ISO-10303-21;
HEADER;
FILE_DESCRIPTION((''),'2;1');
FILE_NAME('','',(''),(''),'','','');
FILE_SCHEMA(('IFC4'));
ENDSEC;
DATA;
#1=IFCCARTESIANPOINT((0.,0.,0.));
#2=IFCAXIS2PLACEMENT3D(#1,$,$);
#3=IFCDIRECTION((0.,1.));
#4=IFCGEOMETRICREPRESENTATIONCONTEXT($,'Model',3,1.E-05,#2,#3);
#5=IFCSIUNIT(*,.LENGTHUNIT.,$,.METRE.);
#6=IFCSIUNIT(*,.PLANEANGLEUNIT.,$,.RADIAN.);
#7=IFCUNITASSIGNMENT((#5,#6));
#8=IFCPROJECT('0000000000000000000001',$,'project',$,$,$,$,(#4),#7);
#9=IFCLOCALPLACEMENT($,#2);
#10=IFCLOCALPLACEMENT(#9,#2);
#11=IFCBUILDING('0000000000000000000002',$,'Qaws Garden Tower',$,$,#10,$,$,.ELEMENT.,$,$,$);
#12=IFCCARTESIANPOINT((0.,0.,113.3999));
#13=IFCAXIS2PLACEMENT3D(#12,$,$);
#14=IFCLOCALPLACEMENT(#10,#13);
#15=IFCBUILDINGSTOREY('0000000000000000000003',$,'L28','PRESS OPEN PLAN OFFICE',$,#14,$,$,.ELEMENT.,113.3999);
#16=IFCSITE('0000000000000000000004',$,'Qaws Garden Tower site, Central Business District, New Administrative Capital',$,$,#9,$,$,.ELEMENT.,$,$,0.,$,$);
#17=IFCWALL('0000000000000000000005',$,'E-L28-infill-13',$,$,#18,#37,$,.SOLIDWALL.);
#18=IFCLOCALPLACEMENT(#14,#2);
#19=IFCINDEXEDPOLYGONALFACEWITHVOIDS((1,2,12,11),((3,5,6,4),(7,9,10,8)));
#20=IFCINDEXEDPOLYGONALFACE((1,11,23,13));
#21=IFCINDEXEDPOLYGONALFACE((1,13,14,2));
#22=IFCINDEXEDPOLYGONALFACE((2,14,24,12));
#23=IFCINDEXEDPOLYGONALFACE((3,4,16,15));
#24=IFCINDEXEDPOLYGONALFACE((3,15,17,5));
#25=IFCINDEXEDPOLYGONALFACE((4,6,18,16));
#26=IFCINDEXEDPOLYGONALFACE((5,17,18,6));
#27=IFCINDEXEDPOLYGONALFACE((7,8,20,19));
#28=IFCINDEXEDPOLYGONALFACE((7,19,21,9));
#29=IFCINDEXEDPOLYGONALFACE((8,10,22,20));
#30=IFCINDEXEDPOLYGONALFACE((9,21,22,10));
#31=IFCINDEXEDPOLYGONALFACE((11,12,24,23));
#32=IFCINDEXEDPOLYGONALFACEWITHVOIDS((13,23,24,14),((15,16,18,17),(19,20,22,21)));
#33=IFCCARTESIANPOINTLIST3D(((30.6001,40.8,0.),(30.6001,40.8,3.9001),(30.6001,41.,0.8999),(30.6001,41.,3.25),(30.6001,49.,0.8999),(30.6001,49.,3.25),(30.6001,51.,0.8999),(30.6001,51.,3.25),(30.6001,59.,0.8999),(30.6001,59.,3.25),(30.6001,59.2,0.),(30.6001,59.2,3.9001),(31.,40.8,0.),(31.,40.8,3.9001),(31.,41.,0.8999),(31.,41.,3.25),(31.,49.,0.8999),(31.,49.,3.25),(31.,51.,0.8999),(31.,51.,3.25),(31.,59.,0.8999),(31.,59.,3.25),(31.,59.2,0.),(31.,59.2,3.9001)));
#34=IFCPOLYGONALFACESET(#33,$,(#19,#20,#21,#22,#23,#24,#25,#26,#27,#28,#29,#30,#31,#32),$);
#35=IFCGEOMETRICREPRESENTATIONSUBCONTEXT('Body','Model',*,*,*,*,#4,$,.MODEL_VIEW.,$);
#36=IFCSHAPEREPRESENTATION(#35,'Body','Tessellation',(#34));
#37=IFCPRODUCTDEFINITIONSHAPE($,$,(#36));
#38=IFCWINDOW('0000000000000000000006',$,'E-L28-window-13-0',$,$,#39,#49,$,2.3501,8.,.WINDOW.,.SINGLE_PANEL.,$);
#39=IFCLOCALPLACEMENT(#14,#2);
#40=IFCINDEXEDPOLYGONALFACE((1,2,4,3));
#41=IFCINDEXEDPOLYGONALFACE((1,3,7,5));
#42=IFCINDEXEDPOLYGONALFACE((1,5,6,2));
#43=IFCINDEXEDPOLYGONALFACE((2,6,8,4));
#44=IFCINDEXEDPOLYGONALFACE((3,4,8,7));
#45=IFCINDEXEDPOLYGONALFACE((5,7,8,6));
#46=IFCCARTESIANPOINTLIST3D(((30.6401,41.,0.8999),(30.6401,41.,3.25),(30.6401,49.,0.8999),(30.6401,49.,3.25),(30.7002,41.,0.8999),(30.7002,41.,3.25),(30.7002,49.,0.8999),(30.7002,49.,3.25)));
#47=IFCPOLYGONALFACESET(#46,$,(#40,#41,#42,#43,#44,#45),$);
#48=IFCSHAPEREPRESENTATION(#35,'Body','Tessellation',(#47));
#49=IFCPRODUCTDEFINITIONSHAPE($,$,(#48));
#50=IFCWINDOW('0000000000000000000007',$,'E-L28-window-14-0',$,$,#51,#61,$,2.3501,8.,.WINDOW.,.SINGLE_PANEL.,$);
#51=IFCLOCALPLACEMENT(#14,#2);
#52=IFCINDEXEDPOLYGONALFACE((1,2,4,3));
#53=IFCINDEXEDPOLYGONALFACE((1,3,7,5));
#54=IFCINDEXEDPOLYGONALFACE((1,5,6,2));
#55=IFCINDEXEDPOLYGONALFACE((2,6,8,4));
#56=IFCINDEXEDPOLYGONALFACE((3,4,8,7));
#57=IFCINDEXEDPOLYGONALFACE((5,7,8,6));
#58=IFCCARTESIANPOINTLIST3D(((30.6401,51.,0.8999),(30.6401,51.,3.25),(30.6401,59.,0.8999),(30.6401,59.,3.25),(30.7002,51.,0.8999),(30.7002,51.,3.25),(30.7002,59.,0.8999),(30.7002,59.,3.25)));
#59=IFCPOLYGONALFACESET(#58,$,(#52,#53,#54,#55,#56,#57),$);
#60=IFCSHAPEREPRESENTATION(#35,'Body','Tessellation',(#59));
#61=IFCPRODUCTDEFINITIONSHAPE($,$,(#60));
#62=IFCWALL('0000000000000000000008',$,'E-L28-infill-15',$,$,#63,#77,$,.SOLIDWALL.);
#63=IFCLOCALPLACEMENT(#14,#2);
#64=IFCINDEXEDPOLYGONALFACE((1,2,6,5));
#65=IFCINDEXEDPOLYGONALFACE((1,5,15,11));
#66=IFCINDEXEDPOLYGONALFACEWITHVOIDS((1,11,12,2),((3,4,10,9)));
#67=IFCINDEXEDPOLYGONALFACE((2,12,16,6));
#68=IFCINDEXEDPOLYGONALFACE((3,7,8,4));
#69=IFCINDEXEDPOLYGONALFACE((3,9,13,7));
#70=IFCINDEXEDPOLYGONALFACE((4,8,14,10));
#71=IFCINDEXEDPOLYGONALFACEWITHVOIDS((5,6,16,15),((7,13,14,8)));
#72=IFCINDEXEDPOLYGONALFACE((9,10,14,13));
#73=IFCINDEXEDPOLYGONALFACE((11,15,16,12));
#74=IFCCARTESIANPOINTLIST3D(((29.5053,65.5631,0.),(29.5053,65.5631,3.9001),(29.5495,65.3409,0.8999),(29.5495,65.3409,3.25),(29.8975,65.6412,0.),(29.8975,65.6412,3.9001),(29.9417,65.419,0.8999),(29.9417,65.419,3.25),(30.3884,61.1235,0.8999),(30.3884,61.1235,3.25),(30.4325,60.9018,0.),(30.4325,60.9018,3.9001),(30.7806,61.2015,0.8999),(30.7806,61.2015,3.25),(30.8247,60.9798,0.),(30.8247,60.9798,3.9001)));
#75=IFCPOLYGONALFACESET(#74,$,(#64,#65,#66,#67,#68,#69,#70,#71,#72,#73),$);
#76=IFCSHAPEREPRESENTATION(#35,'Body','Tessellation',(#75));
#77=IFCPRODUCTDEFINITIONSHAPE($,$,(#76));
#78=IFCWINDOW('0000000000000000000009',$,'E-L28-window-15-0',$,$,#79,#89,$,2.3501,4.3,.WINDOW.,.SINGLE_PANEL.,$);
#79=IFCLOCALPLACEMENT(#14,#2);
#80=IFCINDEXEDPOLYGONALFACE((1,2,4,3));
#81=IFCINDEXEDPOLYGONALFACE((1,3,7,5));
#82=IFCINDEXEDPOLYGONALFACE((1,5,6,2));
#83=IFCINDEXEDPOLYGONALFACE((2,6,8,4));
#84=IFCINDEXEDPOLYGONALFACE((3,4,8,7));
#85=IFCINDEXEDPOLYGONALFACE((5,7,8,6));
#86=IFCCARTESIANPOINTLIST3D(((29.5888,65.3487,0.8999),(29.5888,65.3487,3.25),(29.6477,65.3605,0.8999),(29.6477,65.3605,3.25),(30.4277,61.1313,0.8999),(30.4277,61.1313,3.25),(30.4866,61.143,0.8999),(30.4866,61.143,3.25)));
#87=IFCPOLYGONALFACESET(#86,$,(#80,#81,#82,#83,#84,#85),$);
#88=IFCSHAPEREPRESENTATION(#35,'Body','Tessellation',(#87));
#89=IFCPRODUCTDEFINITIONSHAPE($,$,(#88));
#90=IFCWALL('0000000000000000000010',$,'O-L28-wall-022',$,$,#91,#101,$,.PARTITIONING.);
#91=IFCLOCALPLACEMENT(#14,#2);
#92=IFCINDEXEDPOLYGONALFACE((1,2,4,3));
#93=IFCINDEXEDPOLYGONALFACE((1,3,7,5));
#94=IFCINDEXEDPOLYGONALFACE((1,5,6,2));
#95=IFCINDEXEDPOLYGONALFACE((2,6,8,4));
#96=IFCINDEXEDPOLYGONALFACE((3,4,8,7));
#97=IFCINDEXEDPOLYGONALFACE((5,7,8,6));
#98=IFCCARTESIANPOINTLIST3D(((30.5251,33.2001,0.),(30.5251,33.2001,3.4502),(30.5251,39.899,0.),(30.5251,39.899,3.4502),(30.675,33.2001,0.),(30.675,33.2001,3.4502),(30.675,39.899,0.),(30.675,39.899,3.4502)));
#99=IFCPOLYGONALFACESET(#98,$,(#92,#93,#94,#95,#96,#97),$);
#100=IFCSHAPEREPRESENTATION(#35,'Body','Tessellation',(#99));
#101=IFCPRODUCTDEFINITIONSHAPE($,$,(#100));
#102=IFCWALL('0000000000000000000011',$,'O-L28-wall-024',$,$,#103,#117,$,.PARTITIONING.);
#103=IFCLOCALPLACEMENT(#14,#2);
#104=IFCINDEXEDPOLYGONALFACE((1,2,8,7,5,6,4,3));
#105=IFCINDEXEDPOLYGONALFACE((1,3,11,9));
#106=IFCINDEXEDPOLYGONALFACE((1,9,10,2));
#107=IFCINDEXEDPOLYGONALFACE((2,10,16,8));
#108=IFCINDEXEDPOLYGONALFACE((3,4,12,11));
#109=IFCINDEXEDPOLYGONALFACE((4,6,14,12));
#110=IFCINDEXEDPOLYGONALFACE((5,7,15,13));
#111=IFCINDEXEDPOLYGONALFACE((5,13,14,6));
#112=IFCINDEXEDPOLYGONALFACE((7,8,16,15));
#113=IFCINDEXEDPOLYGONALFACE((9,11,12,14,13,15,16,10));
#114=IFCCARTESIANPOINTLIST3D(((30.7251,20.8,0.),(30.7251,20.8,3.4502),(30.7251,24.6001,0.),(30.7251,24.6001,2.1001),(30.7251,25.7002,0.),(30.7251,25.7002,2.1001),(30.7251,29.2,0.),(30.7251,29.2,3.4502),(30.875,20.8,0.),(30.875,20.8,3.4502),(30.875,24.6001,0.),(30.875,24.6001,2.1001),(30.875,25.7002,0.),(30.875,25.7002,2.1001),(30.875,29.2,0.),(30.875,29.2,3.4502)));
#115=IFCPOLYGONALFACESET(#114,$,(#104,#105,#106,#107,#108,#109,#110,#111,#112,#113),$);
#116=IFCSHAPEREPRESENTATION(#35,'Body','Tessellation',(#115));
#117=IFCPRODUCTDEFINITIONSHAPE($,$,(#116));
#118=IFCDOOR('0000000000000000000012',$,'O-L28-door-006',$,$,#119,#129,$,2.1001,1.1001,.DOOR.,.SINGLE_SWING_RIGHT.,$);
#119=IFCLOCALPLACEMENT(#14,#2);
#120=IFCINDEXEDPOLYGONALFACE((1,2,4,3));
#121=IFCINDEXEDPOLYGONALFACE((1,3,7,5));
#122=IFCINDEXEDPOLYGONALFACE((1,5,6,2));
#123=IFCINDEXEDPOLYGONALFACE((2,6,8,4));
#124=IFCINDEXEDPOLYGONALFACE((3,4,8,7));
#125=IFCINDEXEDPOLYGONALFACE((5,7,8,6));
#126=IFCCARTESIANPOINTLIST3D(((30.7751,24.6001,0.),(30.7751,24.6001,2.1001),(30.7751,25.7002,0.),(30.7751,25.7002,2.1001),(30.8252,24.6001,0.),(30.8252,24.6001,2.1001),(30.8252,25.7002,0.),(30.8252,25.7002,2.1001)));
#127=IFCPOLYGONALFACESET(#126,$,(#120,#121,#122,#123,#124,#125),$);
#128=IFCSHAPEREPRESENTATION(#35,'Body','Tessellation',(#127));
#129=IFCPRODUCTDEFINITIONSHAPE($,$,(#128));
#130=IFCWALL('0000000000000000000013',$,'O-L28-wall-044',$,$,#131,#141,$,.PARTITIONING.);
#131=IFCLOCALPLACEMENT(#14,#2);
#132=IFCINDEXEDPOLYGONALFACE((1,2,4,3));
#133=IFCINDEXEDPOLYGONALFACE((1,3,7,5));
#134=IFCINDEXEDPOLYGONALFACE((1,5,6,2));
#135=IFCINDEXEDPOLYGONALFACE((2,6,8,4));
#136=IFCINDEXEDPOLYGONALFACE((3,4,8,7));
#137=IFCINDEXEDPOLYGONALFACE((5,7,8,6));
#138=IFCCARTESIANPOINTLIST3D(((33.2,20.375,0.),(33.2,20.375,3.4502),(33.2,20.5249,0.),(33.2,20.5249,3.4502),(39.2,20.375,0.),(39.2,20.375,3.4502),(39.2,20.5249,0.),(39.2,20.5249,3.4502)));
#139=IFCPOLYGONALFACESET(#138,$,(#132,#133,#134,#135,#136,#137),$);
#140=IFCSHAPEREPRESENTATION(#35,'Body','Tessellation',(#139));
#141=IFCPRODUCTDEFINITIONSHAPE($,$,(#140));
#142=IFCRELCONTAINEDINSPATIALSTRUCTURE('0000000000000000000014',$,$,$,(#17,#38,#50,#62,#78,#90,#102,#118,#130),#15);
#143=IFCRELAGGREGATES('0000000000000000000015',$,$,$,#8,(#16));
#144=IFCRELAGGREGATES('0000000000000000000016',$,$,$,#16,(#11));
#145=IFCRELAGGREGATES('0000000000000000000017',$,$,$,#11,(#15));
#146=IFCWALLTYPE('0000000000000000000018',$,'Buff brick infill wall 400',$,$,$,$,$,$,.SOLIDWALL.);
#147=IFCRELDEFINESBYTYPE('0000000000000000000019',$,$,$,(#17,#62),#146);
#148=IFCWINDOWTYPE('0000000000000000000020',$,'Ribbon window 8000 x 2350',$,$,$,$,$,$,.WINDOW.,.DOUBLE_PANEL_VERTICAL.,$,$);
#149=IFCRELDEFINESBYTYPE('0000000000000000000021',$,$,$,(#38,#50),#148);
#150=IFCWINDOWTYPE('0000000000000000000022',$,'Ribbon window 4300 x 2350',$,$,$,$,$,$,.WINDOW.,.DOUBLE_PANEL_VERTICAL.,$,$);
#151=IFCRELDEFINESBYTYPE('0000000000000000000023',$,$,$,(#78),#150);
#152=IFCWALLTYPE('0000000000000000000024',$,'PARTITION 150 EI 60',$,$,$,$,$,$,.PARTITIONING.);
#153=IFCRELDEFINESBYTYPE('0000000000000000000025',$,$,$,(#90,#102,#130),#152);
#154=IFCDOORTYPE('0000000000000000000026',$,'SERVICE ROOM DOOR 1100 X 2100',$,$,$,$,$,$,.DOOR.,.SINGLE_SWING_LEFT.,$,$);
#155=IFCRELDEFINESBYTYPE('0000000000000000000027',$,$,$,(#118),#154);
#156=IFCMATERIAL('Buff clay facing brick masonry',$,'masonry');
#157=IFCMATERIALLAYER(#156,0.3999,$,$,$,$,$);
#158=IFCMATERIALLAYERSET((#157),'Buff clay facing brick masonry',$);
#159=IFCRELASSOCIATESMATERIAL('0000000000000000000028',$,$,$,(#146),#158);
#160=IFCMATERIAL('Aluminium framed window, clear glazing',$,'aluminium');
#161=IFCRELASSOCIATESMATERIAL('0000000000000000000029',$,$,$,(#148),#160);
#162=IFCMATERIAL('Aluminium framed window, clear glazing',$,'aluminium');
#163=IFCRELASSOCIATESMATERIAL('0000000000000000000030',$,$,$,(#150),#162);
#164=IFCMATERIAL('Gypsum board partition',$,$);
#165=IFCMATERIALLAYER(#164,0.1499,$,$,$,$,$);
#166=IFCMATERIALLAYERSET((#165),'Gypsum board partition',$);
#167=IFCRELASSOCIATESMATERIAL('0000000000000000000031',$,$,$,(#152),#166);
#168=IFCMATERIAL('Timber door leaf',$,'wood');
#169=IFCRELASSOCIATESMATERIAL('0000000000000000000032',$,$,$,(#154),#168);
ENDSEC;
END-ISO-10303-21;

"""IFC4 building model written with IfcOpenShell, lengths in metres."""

from ifc_helpers import new_model, si_unit, direction, frame, frame_2d, origin, place, context, subcontext, project, spatial, rectangle, extrude, material, layer, layer_set, type_object, element, fill, save


model = new_model("IFC4")

# Units and contexts
model_context = context("Model", 3, precision=1e-05, world=origin(), true_north=direction((0.0, 1.0)))
body_context = subcontext(model_context, "Body", "Model", "MODEL_VIEW")
ifc_project = project(units=[si_unit("LENGTHUNIT", "METRE"), si_unit("PLANEANGLEUNIT", "RADIAN")], contexts=[model_context])

# Site, building, storey
site_placement = place(None, origin())
site = spatial("IfcSite", under=ifc_project, at=site_placement, Name="Qaws Garden Tower site, Central Business District, New Administrative Capital", CompositionType="ELEMENT", RefElevation=0.0)
building_placement = place(site_placement, origin())
building = spatial("IfcBuilding", under=site, at=building_placement, Name="Qaws Garden Tower", CompositionType="ELEMENT")
storey_placement = place(building_placement, frame((0.0, 0.0, 113.3999)))
storey = spatial("IfcBuildingStorey", under=building, at=storey_placement, Name="L28", Description="PRESS OPEN PLAN OFFICE", CompositionType="ELEMENT", Elevation=113.3999)

# Shared definitions
ifc_material_1 = material(Name="Buff clay facing brick masonry", Category="masonry")
ifc_layer_1 = layer(ifc_material_1, 0.3999)
ifc_layer_set_1 = layer_set([ifc_layer_1], Name="Buff clay facing brick masonry")
wall_type_1 = type_object("IfcWallType", Name="Buff brick infill wall 400", PredefinedType="SOLIDWALL", material=ifc_layer_set_1)

# Wall, openings, windows
wall_1_placement = place(storey_placement, frame((30.8, 40.8, 0.0), z_axis=(0.0, 0.0, 1.0), x_axis=(0.0, 1.0, 0.0)))
wall_1 = element("IfcWall", 1, at=wall_1_placement, inside=storey, type_object=wall_type_1, Name="E-L28-infill-13", PredefinedType="SOLIDWALL", context=body_context, shape_type="SweptSolid", body=[
    extrude(rectangle(XDim=18.3999, YDim=0.3999, at=frame_2d((9.2, 0.0))), origin(), (0.0, 0.0, 1.0), 3.9001),
])
opening_1_placement = place(wall_1_placement, frame((0.2, 0.0, 0.8999)))
opening_1 = element("IfcOpeningElement", 2, at=opening_1_placement, cuts=wall_1, PredefinedType="OPENING", context=body_context, shape_type="SweptSolid", body=[
    extrude(rectangle(XDim=8.0, YDim=2.3501, at=frame_2d((4.0, 1.175))), frame((0.0, 0.21, 0.0), z_axis=(0.0, -1.0, 0.0), x_axis=(1.0, 0.0, 0.0)), (0.0, 0.0, 1.0), 0.4199),
])
opening_2_placement = place(wall_1_placement, frame((10.2, 0.0, 0.8999)))
opening_2 = element("IfcOpeningElement", 3, at=opening_2_placement, cuts=wall_1, PredefinedType="OPENING", context=body_context, shape_type="SweptSolid", body=[
    extrude(rectangle(XDim=8.0, YDim=2.3501, at=frame_2d((4.0, 1.175))), frame((0.0, 0.21, 0.0), z_axis=(0.0, -1.0, 0.0), x_axis=(1.0, 0.0, 0.0)), (0.0, 0.0, 1.0), 0.4199),
])
ifc_material_2 = material(Name="Aluminium framed window, clear glazing", Category="aluminium")
window_type_1 = type_object("IfcWindowType", Name="Ribbon window 8000 x 2350", PartitioningType="DOUBLE_PANEL_VERTICAL", PredefinedType="WINDOW", material=ifc_material_2)
window_1_placement = place(opening_1_placement, origin())
window_1 = element("IfcWindow", 4, at=window_1_placement, inside=storey, type_object=window_type_1, Name="E-L28-window-13-0", OverallHeight=2.3501, OverallWidth=8.0, PartitioningType="SINGLE_PANEL", PredefinedType="WINDOW", context=body_context, shape_type="SweptSolid", body=[
    extrude(rectangle(XDim=8.0, YDim=2.3501, at=frame_2d((4.0, 1.175))), frame((0.0, 0.1599, 0.0), z_axis=(0.0, -1.0, 0.0), x_axis=(1.0, 0.0, 0.0)), (0.0, 0.0, 1.0), 0.0601),
])
fill(opening_1, window_1)
window_2_placement = place(opening_2_placement, origin())
window_2 = element("IfcWindow", 5, at=window_2_placement, inside=storey, type_object=window_type_1, Name="E-L28-window-14-0", OverallHeight=2.3501, OverallWidth=8.0, PartitioningType="SINGLE_PANEL", PredefinedType="WINDOW", context=body_context, shape_type="SweptSolid", body=[
    extrude(rectangle(XDim=8.0, YDim=2.3501, at=frame_2d((4.0, 1.175))), frame((0.0, 0.1599, 0.0), z_axis=(0.0, -1.0, 0.0), x_axis=(1.0, 0.0, 0.0)), (0.0, 0.0, 1.0), 0.0601),
])
fill(opening_2, window_2)

# Wall, opening, window
wall_2_placement = place(storey_placement, frame((30.6287, 60.9407, 0.0), z_axis=(0.0, 0.0, 1.0), x_axis=(-0.195099, 0.980784, 0.0)))
wall_2 = element("IfcWall", 6, at=wall_2_placement, inside=storey, type_object=wall_type_1, Name="E-L28-infill-15", PredefinedType="SOLIDWALL", context=body_context, shape_type="SweptSolid", body=[
    extrude(rectangle(XDim=4.7527, YDim=0.3999, at=frame_2d((2.3765, 0.0))), origin(), (0.0, 0.0, 1.0), 3.9001),
])
opening_3_placement = place(wall_2_placement, frame((0.2263, 0.0, 0.8999)))
opening_3 = element("IfcOpeningElement", 7, at=opening_3_placement, cuts=wall_2, PredefinedType="OPENING", context=body_context, shape_type="SweptSolid", body=[
    extrude(rectangle(XDim=4.3, YDim=2.3501, at=frame_2d((2.1499, 1.175))), frame((0.0, 0.21, 0.0), z_axis=(0.0, -1.0, 0.0), x_axis=(1.0, 0.0, 0.0)), (0.0, 0.0, 1.0), 0.4199),
])
ifc_material_3 = material(Name="Aluminium framed window, clear glazing", Category="aluminium")
window_type_2 = type_object("IfcWindowType", Name="Ribbon window 4300 x 2350", PartitioningType="DOUBLE_PANEL_VERTICAL", PredefinedType="WINDOW", material=ifc_material_3)
window_3_placement = place(opening_3_placement, origin())
window_3 = element("IfcWindow", 8, at=window_3_placement, inside=storey, type_object=window_type_2, Name="E-L28-window-15-0", OverallHeight=2.3501, OverallWidth=4.3, PartitioningType="SINGLE_PANEL", PredefinedType="WINDOW", context=body_context, shape_type="SweptSolid", body=[
    extrude(rectangle(XDim=4.3, YDim=2.3501, at=frame_2d((2.1499, 1.175))), frame((0.0, 0.1599, 0.0), z_axis=(0.0, -1.0, 0.0), x_axis=(1.0, 0.0, 0.0)), (0.0, 0.0, 1.0), 0.0601),
])
fill(opening_3, window_3)

# Wall
ifc_material_4 = material(Name="Gypsum board partition")
ifc_layer_2 = layer(ifc_material_4, 0.1499)
ifc_layer_set_2 = layer_set([ifc_layer_2], Name="Gypsum board partition")
wall_type_2 = type_object("IfcWallType", Name="PARTITION 150 EI 60", PredefinedType="PARTITIONING", material=ifc_layer_set_2)
wall_3_placement = place(storey_placement, frame((30.6001, 33.2, 0.0), z_axis=(0.0, 0.0, 1.0), x_axis=(0.0, 1.0, 0.0)))
element("IfcWall", 9, at=wall_3_placement, inside=storey, type_object=wall_type_2, Name="O-L28-wall-022", PredefinedType="PARTITIONING", context=body_context, shape_type="SweptSolid", body=[
    extrude(rectangle(XDim=6.699, YDim=0.1499, at=frame_2d((3.3496, 0.0))), origin(), (0.0, 0.0, 1.0), 3.4502),
])

# Wall, opening, door
wall_4_placement = place(storey_placement, frame((30.8, 20.8, 0.0), z_axis=(0.0, 0.0, 1.0), x_axis=(0.0, 1.0, 0.0)))
wall_4 = element("IfcWall", 10, at=wall_4_placement, inside=storey, type_object=wall_type_2, Name="O-L28-wall-024", PredefinedType="PARTITIONING", context=body_context, shape_type="SweptSolid", body=[
    extrude(rectangle(XDim=8.3999, YDim=0.1499, at=frame_2d((4.2, 0.0))), origin(), (0.0, 0.0, 1.0), 3.4502),
])
opening_4_placement = place(wall_4_placement, frame((3.8, 0.0, 0.0)))
opening_4 = element("IfcOpeningElement", 11, at=opening_4_placement, cuts=wall_4, PredefinedType="OPENING", context=body_context, shape_type="SweptSolid", body=[
    extrude(rectangle(XDim=1.1001, YDim=2.1001, at=frame_2d((0.55, 1.05))), frame((0.0, 0.085, 0.0), z_axis=(0.0, -1.0, 0.0), x_axis=(1.0, 0.0, 0.0)), (0.0, 0.0, 1.0), 0.1699),
])
ifc_material_5 = material(Name="Timber door leaf", Category="wood")
door_type = type_object("IfcDoorType", Name="SERVICE ROOM DOOR 1100 X 2100", OperationType="SINGLE_SWING_LEFT", PredefinedType="DOOR", material=ifc_material_5)
door_placement = place(opening_4_placement, origin())
door = element("IfcDoor", 12, at=door_placement, inside=storey, type_object=door_type, Name="O-L28-door-006", OperationType="SINGLE_SWING_RIGHT", OverallHeight=2.1001, OverallWidth=1.1001, PredefinedType="DOOR", context=body_context, shape_type="SweptSolid", body=[
    extrude(rectangle(XDim=1.1001, YDim=2.1001, at=frame_2d((0.55, 1.05))), frame((0.0, 0.0249, 0.0), z_axis=(0.0, -1.0, 0.0), x_axis=(1.0, 0.0, 0.0)), (0.0, 0.0, 1.0), 0.05),
])
fill(opening_4, door)

# Wall
wall_5_placement = place(storey_placement, frame((33.2, 20.45, 0.0), z_axis=(0.0, 0.0, 1.0), x_axis=(1.0, 0.0, 0.0)))
element("IfcWall", 13, at=wall_5_placement, inside=storey, type_object=wall_type_2, Name="O-L28-wall-044", PredefinedType="PARTITIONING", context=body_context, shape_type="SweptSolid", body=[
    extrude(rectangle(XDim=6.0, YDim=0.1499, at=frame_2d((3.0, 0.0))), origin(), (0.0, 0.0, 1.0), 3.4502),
])

save(model, "model.ifc")
